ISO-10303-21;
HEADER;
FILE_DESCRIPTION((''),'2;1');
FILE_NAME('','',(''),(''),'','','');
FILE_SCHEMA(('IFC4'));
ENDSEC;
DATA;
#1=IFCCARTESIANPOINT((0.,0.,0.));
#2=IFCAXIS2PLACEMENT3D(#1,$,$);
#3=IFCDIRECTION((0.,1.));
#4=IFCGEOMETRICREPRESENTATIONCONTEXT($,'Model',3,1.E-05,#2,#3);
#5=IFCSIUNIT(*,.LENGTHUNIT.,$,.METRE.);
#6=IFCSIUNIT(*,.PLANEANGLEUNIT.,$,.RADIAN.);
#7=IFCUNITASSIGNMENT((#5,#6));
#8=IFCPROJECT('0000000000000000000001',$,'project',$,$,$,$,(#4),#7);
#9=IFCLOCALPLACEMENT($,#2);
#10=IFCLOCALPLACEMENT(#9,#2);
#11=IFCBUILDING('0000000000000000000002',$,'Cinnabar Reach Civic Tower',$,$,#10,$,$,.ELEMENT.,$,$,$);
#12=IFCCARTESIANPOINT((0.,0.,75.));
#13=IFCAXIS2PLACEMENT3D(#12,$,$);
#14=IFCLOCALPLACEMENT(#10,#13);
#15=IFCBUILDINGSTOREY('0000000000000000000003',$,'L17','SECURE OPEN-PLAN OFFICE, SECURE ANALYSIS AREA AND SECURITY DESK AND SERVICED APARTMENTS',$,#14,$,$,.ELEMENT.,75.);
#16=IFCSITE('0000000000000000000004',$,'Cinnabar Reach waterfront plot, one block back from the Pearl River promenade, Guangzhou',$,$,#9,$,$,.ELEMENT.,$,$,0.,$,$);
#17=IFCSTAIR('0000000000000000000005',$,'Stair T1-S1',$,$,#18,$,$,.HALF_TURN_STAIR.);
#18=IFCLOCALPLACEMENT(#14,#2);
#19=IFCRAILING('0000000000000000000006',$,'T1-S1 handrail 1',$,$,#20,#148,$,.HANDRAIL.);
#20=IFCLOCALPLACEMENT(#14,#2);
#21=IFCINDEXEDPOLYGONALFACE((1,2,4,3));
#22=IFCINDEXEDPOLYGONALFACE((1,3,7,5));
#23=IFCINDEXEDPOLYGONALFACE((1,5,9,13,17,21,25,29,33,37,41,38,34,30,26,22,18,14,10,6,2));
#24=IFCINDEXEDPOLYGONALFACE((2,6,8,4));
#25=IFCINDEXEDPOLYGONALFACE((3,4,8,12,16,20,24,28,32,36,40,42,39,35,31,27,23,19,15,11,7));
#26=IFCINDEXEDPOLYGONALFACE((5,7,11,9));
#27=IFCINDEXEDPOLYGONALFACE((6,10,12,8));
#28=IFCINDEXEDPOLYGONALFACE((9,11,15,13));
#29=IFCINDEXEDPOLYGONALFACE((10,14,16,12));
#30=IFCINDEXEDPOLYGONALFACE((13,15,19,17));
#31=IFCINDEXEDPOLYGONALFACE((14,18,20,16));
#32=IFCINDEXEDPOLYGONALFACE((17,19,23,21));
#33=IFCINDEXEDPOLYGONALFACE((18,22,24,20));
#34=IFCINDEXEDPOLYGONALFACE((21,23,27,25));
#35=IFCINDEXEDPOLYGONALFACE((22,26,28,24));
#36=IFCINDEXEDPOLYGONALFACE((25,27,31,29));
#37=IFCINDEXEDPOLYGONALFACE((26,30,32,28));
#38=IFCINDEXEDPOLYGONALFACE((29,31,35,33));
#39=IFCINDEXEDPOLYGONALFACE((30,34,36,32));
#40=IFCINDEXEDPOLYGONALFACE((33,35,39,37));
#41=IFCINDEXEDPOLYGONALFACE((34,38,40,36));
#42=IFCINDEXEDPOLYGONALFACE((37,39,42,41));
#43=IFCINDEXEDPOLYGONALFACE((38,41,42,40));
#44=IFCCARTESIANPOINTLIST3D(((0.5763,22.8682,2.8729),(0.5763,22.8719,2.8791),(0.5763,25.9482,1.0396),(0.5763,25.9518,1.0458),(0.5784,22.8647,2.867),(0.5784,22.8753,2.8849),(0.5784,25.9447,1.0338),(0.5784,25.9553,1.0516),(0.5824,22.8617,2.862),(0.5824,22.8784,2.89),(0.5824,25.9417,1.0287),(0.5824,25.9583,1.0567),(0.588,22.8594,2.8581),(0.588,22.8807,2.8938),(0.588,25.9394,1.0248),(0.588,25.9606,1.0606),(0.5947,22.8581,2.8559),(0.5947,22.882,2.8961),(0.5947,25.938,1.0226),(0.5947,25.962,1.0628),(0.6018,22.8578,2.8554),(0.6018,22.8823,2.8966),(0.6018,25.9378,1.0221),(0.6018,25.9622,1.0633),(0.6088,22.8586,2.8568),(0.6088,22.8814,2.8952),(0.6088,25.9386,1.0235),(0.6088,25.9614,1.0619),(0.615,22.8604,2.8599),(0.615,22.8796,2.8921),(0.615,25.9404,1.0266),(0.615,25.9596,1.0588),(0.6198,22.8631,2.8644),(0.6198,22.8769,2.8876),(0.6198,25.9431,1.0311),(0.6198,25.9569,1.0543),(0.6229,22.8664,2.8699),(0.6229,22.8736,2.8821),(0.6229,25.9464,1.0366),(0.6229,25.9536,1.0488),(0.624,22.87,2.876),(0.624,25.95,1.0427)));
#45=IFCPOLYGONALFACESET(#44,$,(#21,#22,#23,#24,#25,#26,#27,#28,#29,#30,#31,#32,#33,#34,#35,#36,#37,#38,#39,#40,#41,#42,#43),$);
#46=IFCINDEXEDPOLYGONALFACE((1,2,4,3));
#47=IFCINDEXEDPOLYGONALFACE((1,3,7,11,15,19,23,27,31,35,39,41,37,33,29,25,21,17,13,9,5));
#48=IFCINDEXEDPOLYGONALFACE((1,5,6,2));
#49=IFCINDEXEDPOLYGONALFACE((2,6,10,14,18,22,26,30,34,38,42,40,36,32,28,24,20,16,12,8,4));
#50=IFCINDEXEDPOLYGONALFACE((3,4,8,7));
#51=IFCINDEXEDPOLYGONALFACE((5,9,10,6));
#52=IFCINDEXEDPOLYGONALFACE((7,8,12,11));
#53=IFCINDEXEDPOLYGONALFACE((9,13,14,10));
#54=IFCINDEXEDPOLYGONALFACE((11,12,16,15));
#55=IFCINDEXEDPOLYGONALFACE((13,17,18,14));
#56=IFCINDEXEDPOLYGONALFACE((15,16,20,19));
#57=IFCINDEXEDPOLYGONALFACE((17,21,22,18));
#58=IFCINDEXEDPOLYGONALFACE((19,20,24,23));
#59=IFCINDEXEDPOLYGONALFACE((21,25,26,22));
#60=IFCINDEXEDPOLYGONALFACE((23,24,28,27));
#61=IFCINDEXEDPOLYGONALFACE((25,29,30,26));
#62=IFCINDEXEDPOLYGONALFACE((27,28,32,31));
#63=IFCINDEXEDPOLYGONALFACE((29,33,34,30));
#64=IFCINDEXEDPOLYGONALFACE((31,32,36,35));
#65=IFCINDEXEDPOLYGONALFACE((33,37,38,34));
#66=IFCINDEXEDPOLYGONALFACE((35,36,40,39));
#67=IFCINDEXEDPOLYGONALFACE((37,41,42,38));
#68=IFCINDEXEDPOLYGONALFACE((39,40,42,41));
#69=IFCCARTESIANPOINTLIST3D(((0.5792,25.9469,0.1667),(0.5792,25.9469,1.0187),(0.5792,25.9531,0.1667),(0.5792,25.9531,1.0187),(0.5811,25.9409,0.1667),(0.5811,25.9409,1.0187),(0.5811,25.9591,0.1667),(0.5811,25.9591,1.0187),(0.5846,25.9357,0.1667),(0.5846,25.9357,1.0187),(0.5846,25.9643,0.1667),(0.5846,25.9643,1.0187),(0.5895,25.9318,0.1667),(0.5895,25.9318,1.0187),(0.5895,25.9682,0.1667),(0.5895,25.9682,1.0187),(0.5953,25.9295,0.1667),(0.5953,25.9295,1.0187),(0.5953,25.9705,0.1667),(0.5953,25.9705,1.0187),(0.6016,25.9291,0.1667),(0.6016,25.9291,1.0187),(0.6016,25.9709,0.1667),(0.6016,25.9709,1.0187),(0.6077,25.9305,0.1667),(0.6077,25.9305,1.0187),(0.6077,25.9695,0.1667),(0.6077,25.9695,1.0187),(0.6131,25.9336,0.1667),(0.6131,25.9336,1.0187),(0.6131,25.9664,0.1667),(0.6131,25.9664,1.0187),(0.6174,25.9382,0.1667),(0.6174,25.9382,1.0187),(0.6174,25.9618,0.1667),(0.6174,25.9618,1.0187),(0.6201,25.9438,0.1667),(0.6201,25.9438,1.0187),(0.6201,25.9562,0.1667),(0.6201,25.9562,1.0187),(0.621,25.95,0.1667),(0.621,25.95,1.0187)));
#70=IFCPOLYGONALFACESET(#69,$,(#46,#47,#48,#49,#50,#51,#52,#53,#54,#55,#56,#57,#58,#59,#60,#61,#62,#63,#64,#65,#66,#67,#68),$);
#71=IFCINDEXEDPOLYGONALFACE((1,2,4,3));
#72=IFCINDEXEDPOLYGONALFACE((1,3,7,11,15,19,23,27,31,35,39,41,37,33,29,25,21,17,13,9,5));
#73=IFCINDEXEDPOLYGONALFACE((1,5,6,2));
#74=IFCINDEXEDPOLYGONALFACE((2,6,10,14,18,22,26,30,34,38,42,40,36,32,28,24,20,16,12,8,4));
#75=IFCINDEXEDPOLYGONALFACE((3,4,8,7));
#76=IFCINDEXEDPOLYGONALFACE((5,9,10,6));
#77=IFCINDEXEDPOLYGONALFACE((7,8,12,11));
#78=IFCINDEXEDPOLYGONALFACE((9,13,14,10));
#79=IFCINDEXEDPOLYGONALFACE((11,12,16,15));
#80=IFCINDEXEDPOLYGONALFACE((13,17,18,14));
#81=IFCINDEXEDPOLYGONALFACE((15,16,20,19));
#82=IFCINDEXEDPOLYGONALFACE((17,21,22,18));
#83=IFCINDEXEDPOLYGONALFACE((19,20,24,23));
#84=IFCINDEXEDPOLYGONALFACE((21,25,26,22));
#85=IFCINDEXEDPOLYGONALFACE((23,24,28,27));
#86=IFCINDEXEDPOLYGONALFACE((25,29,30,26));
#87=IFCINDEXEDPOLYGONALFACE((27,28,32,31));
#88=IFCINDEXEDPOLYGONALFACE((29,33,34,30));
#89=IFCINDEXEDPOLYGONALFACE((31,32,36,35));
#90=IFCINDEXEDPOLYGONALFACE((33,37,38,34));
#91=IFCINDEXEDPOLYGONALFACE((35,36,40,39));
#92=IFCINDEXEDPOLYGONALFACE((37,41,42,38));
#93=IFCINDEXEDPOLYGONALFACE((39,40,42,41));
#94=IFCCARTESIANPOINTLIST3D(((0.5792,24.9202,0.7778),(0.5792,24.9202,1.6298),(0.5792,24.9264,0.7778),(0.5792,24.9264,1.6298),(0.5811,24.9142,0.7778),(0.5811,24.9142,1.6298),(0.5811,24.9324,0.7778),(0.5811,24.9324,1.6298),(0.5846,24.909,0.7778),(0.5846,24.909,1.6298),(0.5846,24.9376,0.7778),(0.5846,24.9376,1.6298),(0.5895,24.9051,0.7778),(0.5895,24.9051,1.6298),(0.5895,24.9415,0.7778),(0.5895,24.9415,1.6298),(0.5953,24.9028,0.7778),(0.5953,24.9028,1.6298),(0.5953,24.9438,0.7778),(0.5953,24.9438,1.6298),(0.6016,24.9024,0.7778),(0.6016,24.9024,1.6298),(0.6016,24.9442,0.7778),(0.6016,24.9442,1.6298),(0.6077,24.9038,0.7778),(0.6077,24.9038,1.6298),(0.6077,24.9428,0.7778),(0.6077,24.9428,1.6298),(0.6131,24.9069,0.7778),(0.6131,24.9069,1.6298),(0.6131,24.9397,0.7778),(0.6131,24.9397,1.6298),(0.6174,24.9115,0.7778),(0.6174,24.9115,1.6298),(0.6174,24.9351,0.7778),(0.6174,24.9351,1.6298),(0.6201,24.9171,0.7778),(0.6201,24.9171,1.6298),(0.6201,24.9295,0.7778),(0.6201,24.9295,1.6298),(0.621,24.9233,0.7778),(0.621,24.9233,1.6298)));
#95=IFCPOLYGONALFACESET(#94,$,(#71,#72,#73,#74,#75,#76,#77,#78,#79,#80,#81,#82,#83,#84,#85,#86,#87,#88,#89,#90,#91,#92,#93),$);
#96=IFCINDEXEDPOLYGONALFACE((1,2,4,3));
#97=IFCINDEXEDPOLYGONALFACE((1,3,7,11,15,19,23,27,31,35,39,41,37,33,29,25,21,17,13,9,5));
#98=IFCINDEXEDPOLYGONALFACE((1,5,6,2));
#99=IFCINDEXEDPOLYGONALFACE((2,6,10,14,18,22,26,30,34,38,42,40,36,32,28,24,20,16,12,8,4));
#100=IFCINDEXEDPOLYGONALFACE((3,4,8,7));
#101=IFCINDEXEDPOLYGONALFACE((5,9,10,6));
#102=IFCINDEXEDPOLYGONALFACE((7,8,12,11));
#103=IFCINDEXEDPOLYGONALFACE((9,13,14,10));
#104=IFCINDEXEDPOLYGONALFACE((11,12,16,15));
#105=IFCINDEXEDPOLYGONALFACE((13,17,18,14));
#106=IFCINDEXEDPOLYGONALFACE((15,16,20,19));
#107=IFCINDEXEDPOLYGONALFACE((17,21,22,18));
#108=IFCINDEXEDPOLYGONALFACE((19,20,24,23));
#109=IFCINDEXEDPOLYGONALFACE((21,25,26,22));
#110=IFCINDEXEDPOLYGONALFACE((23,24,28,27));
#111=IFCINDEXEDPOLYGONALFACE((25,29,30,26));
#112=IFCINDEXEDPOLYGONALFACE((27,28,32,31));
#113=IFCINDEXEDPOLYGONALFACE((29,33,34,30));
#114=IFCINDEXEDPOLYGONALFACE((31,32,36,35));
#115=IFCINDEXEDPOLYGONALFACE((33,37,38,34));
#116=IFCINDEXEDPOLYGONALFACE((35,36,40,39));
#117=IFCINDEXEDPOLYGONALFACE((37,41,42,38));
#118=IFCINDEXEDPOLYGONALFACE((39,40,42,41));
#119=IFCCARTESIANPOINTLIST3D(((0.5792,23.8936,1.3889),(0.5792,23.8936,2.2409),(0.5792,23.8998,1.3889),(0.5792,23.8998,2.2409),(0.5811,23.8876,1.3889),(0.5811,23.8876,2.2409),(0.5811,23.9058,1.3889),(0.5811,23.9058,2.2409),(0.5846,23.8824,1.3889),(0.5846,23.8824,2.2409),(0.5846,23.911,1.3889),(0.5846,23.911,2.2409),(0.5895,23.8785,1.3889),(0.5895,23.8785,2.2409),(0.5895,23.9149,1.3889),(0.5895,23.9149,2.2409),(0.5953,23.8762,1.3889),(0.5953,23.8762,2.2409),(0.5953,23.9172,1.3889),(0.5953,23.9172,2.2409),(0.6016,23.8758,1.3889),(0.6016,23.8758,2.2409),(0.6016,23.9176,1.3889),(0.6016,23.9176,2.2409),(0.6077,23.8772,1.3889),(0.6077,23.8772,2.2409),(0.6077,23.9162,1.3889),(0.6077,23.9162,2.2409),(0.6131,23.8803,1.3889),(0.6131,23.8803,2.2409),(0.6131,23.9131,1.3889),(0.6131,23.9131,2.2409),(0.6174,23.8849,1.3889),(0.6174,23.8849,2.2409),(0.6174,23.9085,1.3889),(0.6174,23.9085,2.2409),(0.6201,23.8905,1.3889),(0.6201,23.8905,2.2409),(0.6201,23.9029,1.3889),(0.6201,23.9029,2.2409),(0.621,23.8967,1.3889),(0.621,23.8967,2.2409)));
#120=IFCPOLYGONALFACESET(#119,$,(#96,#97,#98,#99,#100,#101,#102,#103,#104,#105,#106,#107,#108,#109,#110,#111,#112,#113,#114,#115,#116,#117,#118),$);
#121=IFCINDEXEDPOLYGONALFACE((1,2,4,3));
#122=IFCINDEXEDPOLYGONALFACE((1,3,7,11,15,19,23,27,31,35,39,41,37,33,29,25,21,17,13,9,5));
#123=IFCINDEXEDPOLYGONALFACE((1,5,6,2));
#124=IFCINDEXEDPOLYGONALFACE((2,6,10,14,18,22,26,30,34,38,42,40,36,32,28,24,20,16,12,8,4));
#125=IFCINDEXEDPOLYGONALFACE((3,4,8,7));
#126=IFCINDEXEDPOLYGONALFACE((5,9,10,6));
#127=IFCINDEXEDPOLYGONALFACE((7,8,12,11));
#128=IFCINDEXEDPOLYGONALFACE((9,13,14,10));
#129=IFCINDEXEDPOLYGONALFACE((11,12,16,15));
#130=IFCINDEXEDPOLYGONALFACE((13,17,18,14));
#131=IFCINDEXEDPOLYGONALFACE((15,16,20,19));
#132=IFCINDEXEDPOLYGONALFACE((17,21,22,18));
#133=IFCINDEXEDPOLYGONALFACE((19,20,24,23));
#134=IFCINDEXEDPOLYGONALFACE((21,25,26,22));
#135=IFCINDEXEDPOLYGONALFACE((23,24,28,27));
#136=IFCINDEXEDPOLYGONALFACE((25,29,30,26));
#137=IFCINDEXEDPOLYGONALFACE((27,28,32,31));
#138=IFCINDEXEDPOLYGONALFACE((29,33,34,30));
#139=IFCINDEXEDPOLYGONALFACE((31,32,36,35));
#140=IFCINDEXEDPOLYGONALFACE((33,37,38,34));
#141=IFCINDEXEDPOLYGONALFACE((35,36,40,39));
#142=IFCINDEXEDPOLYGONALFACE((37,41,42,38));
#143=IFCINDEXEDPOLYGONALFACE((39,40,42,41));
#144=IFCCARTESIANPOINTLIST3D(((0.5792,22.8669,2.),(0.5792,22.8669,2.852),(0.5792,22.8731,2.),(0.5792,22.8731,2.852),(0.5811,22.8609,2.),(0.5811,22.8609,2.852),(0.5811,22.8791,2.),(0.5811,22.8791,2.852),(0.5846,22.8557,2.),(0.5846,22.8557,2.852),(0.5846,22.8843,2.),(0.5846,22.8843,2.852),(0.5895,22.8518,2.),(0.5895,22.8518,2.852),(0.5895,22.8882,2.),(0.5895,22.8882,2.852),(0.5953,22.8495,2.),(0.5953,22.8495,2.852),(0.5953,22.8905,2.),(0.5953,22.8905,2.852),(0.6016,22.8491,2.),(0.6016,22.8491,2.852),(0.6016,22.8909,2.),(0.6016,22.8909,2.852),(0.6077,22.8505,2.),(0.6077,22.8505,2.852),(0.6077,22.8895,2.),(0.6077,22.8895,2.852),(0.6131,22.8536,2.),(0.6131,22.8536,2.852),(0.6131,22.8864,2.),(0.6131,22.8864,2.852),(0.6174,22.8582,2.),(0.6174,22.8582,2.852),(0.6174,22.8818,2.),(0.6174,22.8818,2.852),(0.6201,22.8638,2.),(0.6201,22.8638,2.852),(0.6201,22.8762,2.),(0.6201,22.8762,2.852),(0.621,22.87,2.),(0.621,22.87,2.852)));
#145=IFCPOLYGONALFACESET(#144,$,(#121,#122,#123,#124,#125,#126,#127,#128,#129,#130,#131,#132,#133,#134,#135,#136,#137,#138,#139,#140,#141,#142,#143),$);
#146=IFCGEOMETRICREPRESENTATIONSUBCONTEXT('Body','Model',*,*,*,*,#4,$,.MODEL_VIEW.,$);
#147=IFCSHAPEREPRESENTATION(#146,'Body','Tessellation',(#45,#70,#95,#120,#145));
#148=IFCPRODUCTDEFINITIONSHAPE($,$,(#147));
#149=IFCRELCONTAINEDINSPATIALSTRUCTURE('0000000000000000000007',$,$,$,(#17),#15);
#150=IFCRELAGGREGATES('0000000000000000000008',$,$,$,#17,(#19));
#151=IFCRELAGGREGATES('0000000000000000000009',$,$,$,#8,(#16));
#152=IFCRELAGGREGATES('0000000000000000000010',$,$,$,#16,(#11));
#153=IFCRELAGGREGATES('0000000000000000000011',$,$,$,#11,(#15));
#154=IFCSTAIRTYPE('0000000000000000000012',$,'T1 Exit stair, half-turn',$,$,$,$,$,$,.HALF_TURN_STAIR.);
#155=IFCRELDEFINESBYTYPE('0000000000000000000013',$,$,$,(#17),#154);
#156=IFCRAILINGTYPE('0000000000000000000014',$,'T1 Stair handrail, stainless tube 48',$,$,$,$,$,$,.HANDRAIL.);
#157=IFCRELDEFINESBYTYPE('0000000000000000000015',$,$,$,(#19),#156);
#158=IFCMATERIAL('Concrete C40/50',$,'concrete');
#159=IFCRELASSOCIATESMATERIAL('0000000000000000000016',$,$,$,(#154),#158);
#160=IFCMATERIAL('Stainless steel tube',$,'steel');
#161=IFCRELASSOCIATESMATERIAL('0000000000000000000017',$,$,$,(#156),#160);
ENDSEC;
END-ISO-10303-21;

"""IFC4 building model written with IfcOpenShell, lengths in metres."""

from ifc_helpers import new_model, si_unit, direction, frame, origin, origin_2d, place, context, subcontext, project, spatial, circle, extrude, material, type_object, element, aggregate, save


model = new_model("IFC4")

# Units and contexts
model_context = context("Model", 3, precision=1e-05, world=origin(), true_north=direction((0.0, 1.0)))
body_context = subcontext(model_context, "Body", "Model", "MODEL_VIEW")
ifc_project = project(units=[si_unit("LENGTHUNIT", "METRE"), si_unit("PLANEANGLEUNIT", "RADIAN")], contexts=[model_context])

# Site, building, storey
site_placement = place(None, origin())
site = spatial("IfcSite", under=ifc_project, at=site_placement, Name="Cinnabar Reach waterfront plot, one block back from the Pearl River promenade, Guangzhou", CompositionType="ELEMENT", RefElevation=0.0)
building_placement = place(site_placement, origin())
building = spatial("IfcBuilding", under=site, at=building_placement, Name="Cinnabar Reach Civic Tower", CompositionType="ELEMENT")
storey_placement = place(building_placement, frame((0.0, 0.0, 75.0)))
storey = spatial("IfcBuildingStorey", under=building, at=storey_placement, Name="L17", Description="SECURE OPEN-PLAN OFFICE, SECURE ANALYSIS AREA AND SECURITY DESK AND SERVICED APARTMENTS", CompositionType="ELEMENT", Elevation=75.0)

# Stair, railing
ifc_material_1 = material(Name="Concrete C40/50", Category="concrete")
stair_type = type_object("IfcStairType", Name="T1 Exit stair, half-turn", PredefinedType="HALF_TURN_STAIR", material=ifc_material_1)
stair_placement = place(storey_placement, origin())
stair = element("IfcStair", 1, at=stair_placement, inside=storey, type_object=stair_type, Name="Stair T1-S1", PredefinedType="HALF_TURN_STAIR")
ifc_material_2 = material(Name="Stainless steel tube", Category="steel")
railing_type = type_object("IfcRailingType", Name="T1 Stair handrail, stainless tube 48", PredefinedType="HANDRAIL", material=ifc_material_2)
railing_1_placement = place(storey_placement, frame((0.6, 25.95, 0.1667)))
railing_1 = element("IfcRailing", 2, at=railing_1_placement, type_object=railing_type, Name="T1-S1 handrail 1", PredefinedType="HANDRAIL", context=body_context, shape_type="SweptSolid", body=[
    extrude(circle(Radius=0.024, at=origin_2d()), frame((0.0, 0.0, 0.876), z_axis=(0.0, -0.859297, 0.511477), x_axis=(1.0, 0.0, 0.0)), (0.0, 0.0, 1.0), 3.5843),
    extrude(circle(Radius=0.021, at=origin_2d()), origin(), (0.0, 0.0, 1.0), 0.852),
    extrude(circle(Radius=0.021, at=origin_2d()), frame((0.0, -1.0267, 0.6111)), (0.0, 0.0, 1.0), 0.852),
    extrude(circle(Radius=0.021, at=origin_2d()), frame((0.0, -2.0533, 1.2222)), (0.0, 0.0, 1.0), 0.852),
    extrude(circle(Radius=0.021, at=origin_2d()), frame((0.0, -3.08, 1.8333)), (0.0, 0.0, 1.0), 0.852),
])
aggregate(stair, [railing_1])

save(model, "model.ifc")
